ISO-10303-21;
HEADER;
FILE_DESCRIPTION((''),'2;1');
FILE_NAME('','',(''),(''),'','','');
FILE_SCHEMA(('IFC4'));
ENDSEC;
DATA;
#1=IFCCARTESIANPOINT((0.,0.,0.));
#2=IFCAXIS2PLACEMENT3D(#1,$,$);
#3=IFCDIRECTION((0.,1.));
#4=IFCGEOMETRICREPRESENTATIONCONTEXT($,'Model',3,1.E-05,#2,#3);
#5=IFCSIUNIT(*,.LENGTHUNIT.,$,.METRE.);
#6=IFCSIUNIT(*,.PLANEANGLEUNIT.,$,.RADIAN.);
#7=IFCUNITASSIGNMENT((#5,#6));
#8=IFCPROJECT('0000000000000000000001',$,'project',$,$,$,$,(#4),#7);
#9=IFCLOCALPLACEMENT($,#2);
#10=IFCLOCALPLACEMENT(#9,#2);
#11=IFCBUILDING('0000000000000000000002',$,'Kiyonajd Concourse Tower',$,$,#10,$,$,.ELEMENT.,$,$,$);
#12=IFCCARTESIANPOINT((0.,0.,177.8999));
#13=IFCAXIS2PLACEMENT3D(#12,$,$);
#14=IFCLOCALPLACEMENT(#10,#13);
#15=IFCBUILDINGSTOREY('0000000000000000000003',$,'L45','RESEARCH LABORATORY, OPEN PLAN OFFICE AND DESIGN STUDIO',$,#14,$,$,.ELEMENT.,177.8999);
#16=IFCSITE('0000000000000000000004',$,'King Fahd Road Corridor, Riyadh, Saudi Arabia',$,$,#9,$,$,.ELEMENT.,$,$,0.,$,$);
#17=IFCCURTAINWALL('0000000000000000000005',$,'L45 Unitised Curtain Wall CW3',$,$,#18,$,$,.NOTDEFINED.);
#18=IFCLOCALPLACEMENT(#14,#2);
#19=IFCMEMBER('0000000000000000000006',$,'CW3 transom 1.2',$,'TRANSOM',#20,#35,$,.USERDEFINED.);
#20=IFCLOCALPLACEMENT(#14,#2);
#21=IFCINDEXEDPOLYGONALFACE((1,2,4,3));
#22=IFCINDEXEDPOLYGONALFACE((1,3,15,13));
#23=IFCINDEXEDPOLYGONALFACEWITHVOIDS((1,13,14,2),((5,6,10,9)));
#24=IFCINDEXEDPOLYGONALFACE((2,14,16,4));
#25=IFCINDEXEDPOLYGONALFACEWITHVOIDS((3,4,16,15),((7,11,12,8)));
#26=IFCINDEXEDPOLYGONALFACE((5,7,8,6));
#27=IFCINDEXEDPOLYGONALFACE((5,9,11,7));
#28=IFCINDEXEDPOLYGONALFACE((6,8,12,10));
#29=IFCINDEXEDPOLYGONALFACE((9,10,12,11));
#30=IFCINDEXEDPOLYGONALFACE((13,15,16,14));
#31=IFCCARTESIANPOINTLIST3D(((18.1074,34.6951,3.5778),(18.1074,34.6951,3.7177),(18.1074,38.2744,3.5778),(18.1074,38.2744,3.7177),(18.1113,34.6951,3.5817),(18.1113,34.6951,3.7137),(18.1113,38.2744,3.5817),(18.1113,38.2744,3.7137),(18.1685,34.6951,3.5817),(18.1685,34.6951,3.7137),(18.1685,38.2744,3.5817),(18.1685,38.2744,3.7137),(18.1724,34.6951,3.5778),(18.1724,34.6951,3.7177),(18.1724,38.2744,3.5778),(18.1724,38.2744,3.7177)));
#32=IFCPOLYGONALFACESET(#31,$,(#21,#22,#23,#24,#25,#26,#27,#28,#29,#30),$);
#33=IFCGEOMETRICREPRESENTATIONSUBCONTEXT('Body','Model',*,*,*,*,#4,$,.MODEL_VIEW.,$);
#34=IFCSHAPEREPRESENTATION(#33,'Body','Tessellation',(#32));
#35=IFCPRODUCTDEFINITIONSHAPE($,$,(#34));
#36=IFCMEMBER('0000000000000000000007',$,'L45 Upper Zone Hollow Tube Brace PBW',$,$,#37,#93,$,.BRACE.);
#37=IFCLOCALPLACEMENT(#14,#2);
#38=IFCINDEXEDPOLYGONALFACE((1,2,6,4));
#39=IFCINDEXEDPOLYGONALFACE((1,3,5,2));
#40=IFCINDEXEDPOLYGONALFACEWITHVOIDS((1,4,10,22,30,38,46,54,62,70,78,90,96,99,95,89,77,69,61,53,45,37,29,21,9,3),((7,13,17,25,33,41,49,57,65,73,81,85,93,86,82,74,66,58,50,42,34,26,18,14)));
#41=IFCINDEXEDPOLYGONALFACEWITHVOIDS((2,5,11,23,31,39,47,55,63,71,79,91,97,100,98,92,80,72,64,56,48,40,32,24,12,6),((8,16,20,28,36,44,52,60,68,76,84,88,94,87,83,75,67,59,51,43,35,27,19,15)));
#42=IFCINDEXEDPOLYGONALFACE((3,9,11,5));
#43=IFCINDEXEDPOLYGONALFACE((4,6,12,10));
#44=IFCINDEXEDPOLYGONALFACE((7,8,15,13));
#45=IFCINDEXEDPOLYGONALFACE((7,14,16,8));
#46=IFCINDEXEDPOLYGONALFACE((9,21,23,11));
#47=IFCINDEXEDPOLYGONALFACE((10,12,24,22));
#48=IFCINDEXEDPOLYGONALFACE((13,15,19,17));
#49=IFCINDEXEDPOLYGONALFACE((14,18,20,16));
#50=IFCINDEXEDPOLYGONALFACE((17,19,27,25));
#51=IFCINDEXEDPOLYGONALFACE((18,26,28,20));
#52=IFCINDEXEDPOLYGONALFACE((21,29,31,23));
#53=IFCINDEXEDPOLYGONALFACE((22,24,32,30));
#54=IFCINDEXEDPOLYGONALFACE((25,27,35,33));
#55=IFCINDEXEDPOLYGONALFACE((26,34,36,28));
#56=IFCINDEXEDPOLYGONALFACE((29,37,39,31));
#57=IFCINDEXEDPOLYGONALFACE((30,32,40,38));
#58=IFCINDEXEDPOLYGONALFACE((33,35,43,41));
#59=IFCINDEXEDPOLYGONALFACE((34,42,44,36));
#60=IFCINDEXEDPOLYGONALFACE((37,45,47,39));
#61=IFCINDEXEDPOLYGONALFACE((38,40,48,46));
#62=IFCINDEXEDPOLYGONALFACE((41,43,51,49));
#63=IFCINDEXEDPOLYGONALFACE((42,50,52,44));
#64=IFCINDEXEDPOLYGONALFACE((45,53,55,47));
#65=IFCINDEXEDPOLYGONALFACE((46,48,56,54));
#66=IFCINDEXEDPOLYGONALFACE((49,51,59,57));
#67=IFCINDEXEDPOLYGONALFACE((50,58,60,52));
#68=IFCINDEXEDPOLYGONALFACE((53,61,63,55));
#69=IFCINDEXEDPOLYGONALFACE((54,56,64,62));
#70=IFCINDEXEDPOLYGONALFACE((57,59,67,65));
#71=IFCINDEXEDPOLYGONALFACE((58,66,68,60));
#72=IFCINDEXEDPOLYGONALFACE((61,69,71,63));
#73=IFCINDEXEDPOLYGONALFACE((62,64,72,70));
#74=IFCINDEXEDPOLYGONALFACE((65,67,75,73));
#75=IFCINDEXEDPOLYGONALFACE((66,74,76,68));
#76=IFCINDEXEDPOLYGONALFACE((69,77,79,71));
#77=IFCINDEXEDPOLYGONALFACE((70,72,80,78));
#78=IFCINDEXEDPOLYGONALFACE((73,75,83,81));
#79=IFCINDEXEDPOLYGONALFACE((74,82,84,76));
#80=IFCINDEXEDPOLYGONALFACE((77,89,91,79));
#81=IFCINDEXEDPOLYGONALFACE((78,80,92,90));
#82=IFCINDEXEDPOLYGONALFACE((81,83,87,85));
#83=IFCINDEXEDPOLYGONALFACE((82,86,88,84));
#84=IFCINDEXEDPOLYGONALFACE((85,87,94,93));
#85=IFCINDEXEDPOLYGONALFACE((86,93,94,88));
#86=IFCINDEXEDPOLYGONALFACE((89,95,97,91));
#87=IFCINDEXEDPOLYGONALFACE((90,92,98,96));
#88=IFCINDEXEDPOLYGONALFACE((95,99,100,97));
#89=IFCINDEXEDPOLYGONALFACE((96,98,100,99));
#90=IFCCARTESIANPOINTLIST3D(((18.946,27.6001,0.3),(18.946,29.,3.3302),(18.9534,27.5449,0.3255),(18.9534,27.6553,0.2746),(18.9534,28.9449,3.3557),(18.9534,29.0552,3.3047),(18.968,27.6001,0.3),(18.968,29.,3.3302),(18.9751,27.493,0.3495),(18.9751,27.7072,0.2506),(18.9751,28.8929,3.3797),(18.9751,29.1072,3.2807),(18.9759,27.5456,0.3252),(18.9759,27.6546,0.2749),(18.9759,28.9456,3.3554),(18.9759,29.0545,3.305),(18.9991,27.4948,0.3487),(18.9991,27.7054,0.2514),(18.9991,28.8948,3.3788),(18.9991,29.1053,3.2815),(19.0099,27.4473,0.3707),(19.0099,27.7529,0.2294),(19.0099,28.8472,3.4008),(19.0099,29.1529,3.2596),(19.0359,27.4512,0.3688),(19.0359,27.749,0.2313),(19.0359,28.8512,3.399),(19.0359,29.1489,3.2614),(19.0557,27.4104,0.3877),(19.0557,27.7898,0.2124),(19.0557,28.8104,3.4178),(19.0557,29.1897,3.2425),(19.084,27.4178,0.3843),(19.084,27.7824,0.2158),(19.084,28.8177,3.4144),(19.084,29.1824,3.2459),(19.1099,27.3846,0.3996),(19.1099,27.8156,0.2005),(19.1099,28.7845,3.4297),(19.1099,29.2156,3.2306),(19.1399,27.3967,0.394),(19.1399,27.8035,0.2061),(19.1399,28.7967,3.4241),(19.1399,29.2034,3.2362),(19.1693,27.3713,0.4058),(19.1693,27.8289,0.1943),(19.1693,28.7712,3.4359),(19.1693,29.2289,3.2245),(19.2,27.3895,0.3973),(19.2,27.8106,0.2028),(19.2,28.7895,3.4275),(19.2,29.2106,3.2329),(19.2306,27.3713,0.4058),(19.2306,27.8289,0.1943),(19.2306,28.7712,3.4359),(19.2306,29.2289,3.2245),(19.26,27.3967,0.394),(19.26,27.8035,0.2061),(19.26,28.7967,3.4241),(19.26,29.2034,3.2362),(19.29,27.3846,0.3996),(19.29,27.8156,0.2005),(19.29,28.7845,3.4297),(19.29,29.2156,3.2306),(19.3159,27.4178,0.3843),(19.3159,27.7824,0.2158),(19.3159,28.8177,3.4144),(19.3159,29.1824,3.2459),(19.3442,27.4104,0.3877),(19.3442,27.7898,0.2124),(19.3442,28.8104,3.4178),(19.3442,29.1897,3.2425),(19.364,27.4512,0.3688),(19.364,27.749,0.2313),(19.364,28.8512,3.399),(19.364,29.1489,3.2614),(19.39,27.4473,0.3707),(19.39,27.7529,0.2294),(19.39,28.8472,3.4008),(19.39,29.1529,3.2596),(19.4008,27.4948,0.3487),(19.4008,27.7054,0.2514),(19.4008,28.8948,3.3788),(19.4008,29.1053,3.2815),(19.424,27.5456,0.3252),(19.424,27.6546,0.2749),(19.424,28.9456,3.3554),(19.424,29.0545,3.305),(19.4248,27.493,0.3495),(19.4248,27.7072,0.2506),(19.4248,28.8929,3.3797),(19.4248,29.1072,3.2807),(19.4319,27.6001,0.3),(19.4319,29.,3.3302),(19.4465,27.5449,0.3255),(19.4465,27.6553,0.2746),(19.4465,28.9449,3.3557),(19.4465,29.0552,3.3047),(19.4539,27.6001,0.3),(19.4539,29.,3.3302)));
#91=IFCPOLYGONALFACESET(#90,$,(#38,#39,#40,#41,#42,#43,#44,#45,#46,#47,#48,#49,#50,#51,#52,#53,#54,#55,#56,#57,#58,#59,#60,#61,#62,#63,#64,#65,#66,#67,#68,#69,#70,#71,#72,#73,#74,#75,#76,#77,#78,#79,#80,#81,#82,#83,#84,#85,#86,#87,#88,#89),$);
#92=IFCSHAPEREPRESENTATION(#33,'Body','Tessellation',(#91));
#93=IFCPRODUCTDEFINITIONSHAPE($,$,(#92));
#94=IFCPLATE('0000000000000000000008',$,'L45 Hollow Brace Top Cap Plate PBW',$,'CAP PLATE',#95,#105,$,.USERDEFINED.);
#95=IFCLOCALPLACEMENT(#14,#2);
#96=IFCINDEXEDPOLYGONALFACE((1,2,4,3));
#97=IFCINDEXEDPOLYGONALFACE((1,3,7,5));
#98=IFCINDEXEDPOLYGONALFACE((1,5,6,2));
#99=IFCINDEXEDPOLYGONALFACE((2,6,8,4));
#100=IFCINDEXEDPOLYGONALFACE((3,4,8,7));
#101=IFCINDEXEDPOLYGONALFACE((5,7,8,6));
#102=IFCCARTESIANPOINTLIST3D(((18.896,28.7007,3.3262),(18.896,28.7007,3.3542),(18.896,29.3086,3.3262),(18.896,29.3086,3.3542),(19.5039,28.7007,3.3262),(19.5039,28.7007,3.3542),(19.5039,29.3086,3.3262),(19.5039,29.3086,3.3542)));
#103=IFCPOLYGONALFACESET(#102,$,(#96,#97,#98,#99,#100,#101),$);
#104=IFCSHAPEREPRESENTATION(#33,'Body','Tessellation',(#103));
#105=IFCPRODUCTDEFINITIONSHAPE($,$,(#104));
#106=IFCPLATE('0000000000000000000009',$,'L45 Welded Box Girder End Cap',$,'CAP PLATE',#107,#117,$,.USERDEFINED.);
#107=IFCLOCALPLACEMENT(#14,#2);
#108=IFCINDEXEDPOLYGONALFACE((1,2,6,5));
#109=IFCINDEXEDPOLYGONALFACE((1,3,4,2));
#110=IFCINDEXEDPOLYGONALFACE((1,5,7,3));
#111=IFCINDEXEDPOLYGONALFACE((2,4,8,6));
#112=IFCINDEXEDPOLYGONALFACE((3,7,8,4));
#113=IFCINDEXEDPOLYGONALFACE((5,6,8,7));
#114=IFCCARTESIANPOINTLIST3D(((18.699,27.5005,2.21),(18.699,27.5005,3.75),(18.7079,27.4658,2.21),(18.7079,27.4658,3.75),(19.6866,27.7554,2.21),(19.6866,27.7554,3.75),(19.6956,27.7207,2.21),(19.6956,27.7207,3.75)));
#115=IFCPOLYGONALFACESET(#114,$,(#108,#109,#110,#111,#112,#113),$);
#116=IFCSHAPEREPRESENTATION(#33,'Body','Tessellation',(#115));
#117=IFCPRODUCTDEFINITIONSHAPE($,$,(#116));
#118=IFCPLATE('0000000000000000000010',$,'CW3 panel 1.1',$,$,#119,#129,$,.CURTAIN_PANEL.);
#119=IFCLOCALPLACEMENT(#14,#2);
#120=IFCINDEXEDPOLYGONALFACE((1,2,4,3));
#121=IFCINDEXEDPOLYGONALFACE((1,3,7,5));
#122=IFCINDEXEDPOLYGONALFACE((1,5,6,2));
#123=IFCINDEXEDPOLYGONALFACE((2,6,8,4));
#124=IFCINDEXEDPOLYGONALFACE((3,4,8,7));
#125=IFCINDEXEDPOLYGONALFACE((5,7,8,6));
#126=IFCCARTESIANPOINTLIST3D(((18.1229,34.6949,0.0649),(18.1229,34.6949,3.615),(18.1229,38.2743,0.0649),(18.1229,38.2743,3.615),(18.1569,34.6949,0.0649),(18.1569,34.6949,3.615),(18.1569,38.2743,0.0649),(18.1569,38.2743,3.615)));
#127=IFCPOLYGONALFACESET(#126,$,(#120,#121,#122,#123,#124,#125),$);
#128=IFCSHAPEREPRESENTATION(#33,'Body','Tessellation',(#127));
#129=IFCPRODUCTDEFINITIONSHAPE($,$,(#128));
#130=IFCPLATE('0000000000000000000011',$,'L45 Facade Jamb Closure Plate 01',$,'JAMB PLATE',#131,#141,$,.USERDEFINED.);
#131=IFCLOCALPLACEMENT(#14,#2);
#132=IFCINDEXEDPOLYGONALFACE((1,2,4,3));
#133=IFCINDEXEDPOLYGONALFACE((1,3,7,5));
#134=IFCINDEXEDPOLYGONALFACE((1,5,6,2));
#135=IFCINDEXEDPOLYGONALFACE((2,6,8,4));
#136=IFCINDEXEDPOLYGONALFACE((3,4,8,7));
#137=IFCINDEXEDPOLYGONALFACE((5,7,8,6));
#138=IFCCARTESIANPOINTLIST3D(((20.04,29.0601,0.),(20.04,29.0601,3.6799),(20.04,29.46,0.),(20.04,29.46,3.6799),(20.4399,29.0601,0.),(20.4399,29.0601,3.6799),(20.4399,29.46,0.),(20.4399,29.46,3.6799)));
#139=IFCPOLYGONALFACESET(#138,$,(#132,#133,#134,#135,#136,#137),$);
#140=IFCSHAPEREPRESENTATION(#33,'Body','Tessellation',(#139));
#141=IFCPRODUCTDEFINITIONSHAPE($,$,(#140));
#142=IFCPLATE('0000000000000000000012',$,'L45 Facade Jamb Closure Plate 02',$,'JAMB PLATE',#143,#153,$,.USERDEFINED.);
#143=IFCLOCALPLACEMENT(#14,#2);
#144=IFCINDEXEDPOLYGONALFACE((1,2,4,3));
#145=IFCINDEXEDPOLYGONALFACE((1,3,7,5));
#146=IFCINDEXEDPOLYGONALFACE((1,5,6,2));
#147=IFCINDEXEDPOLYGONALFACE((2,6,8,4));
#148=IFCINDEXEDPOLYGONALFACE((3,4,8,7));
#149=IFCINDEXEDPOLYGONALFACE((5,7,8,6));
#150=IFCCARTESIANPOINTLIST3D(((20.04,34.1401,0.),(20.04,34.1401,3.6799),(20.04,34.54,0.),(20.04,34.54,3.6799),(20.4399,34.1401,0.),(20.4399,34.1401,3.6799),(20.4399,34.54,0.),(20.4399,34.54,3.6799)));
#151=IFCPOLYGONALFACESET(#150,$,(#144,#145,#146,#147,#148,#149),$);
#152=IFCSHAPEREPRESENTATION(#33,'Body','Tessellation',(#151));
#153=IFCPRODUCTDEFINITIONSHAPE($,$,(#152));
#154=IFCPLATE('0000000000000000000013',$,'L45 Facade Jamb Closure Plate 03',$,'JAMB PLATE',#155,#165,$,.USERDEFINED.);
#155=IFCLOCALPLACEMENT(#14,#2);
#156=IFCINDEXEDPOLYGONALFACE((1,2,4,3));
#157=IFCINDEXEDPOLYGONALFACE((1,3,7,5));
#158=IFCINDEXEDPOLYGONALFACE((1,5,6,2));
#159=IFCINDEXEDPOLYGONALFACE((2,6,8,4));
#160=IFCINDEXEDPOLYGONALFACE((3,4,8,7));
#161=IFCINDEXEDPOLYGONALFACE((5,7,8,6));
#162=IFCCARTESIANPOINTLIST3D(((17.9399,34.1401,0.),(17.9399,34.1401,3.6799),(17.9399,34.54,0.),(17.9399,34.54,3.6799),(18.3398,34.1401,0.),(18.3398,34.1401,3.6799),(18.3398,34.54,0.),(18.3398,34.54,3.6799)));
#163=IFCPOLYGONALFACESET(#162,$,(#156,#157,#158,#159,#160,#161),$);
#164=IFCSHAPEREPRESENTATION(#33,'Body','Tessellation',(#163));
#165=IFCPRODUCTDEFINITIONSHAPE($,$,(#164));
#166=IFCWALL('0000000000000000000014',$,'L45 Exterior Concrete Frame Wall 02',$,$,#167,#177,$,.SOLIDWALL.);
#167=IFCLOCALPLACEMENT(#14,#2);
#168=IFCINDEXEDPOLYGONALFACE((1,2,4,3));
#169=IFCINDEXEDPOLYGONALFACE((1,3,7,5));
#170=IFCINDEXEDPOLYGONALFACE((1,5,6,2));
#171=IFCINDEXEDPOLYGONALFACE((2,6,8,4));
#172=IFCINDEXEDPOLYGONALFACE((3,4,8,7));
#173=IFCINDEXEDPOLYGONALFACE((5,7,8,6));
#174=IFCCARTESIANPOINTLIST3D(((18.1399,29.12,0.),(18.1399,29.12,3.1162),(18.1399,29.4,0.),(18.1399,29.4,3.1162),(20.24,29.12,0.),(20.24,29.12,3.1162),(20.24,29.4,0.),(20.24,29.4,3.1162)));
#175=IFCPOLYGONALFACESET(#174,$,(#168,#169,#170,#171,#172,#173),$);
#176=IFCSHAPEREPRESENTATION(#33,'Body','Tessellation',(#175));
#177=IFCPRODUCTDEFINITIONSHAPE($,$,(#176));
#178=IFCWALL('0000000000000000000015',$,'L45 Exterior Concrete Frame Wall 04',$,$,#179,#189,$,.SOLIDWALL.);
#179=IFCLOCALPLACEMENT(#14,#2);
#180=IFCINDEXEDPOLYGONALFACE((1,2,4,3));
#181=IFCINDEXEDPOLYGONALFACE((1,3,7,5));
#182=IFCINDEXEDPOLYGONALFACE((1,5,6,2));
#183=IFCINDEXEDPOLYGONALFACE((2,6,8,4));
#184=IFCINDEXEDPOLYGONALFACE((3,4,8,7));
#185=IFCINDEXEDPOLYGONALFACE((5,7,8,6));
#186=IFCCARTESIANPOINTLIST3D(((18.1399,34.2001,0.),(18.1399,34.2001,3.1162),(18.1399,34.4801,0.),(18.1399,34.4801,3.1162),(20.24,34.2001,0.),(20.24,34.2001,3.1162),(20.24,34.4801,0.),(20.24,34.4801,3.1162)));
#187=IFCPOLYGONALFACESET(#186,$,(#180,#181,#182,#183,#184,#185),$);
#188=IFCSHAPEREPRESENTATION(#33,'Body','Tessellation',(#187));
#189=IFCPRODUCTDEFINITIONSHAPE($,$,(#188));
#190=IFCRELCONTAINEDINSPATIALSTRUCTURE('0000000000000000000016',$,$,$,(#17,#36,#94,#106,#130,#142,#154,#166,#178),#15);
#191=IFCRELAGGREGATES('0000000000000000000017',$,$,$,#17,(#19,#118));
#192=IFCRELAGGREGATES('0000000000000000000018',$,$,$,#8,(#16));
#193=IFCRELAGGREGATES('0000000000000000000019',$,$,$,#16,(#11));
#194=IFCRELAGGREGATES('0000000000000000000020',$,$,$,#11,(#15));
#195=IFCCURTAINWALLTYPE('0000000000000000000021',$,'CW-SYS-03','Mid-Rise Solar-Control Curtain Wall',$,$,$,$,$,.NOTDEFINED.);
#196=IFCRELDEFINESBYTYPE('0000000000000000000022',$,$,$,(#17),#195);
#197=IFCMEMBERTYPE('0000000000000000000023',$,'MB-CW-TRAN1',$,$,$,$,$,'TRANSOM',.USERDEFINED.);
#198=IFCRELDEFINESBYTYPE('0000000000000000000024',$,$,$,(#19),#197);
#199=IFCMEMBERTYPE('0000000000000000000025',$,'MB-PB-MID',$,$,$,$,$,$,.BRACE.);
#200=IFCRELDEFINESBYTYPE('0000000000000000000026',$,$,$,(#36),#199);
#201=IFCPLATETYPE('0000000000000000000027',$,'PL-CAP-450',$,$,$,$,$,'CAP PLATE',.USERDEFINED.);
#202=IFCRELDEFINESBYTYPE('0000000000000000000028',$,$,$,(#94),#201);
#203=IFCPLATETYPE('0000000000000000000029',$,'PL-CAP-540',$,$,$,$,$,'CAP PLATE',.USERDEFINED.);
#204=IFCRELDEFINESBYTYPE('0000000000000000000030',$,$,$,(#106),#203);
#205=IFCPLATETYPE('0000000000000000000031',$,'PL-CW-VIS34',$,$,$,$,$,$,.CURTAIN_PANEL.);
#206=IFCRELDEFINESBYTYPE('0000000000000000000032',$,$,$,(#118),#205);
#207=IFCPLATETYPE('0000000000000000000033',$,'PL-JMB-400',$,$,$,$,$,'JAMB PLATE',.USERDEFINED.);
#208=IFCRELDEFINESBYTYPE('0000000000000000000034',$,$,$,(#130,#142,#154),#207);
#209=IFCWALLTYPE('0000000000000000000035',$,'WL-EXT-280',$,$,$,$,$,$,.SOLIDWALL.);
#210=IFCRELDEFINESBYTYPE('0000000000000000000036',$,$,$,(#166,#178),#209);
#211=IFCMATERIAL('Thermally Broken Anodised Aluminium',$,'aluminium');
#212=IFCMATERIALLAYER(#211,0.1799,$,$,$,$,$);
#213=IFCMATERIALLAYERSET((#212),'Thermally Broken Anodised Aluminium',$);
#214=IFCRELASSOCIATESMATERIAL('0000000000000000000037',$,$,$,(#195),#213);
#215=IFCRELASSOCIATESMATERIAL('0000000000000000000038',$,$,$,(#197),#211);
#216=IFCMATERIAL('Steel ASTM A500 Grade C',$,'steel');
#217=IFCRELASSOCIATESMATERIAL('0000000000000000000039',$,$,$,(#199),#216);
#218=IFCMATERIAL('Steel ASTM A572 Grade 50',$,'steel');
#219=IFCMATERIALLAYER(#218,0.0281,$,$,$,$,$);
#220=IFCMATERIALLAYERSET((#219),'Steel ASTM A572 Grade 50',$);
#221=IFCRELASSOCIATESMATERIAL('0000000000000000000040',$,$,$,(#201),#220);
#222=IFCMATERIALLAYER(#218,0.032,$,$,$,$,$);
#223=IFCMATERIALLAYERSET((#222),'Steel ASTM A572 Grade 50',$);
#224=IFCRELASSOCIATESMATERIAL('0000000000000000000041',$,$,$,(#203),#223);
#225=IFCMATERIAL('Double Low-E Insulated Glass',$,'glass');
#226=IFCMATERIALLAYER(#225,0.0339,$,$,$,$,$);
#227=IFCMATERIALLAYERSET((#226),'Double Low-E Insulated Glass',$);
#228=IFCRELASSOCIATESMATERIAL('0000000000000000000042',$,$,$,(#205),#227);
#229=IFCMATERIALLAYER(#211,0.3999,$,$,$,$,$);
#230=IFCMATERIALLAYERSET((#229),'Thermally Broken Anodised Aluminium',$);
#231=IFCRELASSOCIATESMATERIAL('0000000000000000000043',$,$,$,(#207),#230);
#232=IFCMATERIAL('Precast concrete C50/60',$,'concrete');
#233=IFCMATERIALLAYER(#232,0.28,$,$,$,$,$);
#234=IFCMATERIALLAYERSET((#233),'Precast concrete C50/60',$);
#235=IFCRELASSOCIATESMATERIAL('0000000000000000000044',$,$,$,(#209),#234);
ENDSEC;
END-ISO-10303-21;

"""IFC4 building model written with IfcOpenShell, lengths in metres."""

from ifc_helpers import new_model, si_unit, direction, frame, frame_2d, origin, origin_2d, place, context, subcontext, project, spatial, rectangle, hollow_rectangle, hollow_circle, extrude, material, layer, layer_set, material_profile, profile_set, type_object, element, aggregate, save


model = new_model("IFC4")

# Units and contexts
model_context = context("Model", 3, precision=1e-05, world=origin(), true_north=direction((0.0, 1.0)))
body_context = subcontext(model_context, "Body", "Model", "MODEL_VIEW")
ifc_project = project(units=[si_unit("LENGTHUNIT", "METRE"), si_unit("PLANEANGLEUNIT", "RADIAN")], contexts=[model_context])

# Site, building, storey
site_placement = place(None, origin())
site = spatial("IfcSite", under=ifc_project, at=site_placement, Name="King Fahd Road Corridor, Riyadh, Saudi Arabia", CompositionType="ELEMENT", RefElevation=0.0)
building_placement = place(site_placement, origin())
building = spatial("IfcBuilding", under=site, at=building_placement, Name="Kiyonajd Concourse Tower", CompositionType="ELEMENT")
storey_placement = place(building_placement, frame((0.0, 0.0, 177.8999)))
storey = spatial("IfcBuildingStorey", under=building, at=storey_placement, Name="L45", Description="RESEARCH LABORATORY, OPEN PLAN OFFICE AND DESIGN STUDIO", CompositionType="ELEMENT", Elevation=177.8999)

# Shared definitions
ifc_material_1 = material(Name="Steel ASTM A572 Grade 50", Category="steel")

# Curtain wall, member
ifc_material_2 = material(Name="Thermally Broken Anodised Aluminium", Category="aluminium")
ifc_layer_1 = layer(ifc_material_2, 0.1799)
ifc_layer_set_1 = layer_set([ifc_layer_1], Name="Thermally Broken Anodised Aluminium")
curtain_wall_type = type_object("IfcCurtainWallType", Name="CW-SYS-03", Description="Mid-Rise Solar-Control Curtain Wall", PredefinedType="NOTDEFINED", material=ifc_layer_set_1)
curtain_wall_placement = place(storey_placement, origin())
curtain_wall = element("IfcCurtainWall", 1, at=curtain_wall_placement, inside=storey, type_object=curtain_wall_type, Name="L45 Unitised Curtain Wall CW3", PredefinedType="NOTDEFINED")
ifc_material_profile_1 = material_profile(ifc_material_2, hollow_rectangle(XDim=0.0649, YDim=0.1399, WallThickness=0.0039, at=origin_2d()), Name="TRAN-65x140")
ifc_profile_set_1 = profile_set([ifc_material_profile_1], Name="Thermally Broken Anodised Aluminium")
member_type_1 = type_object("IfcMemberType", Name="MB-CW-TRAN1", ElementType="TRANSOM", PredefinedType="USERDEFINED", material=ifc_profile_set_1)
member_1_placement = place(storey_placement, frame((18.1399, 34.6951, 3.6477), z_axis=(0.0, 1.0, 0.0), x_axis=(-1.0, 0.0, 0.0)))
member_1 = element("IfcMember", 2, at=member_1_placement, type_object=member_type_1, Name="CW3 transom 1.2", ObjectType="TRANSOM", PredefinedType="USERDEFINED", context=body_context, shape_type="SweptSolid", body=[
    extrude(hollow_rectangle(XDim=0.0649, YDim=0.1399, WallThickness=0.0039, at=origin_2d()), origin(), (0.0, 0.0, 1.0), 3.5793),
])

# Member
ifc_material_3 = material(Name="Steel ASTM A500 Grade C", Category="steel")
ifc_material_profile_2 = material_profile(ifc_material_3, hollow_circle(Radius=0.2539, WallThickness=0.022, at=origin_2d()), Name="CHS-508x22")
ifc_profile_set_2 = profile_set([ifc_material_profile_2], Name="Steel ASTM A500 Grade C")
member_type_2 = type_object("IfcMemberType", Name="MB-PB-MID", PredefinedType="BRACE", material=ifc_profile_set_2)
member_2_placement = place(storey_placement, frame((19.2, 27.6001, 0.3), z_axis=(0.0, 0.419411, 0.907797), x_axis=(-1.0, 0.0, 0.0)))
element("IfcMember", 3, at=member_2_placement, inside=storey, type_object=member_type_2, Name="L45 Upper Zone Hollow Tube Brace PBW", PredefinedType="BRACE", context=body_context, shape_type="SweptSolid", body=[
    extrude(hollow_circle(Radius=0.2539, WallThickness=0.022, at=origin_2d()), origin(), (0.0, 0.0, 1.0), 3.3379),
])

# Plates
ifc_layer_2 = layer(ifc_material_1, 0.0281)
ifc_layer_set_2 = layer_set([ifc_layer_2], Name="Steel ASTM A572 Grade 50")
plate_type_1 = type_object("IfcPlateType", Name="PL-CAP-450", ElementType="CAP PLATE", PredefinedType="USERDEFINED", material=ifc_layer_set_2)
plate_1_placement = place(storey_placement, frame((19.2, 29.0046, 3.3262), z_axis=(0.0, 0.0, 1.0), x_axis=(1.0, 0.0, 0.0)))
element("IfcPlate", 4, at=plate_1_placement, inside=storey, type_object=plate_type_1, Name="L45 Hollow Brace Top Cap Plate PBW", ObjectType="CAP PLATE", PredefinedType="USERDEFINED", context=body_context, shape_type="SweptSolid", body=[
    extrude(rectangle(XDim=0.6079, YDim=0.6079, at=origin_2d()), origin(), (0.0, 0.0, 1.0), 0.0281),
])
ifc_layer_3 = layer(ifc_material_1, 0.032)
ifc_layer_set_3 = layer_set([ifc_layer_3], Name="Steel ASTM A572 Grade 50")
plate_type_2 = type_object("IfcPlateType", Name="PL-CAP-540", ElementType="CAP PLATE", PredefinedType="USERDEFINED", material=ifc_layer_set_3)
plate_2_placement = place(storey_placement, frame((19.1973, 27.6106, 2.21), z_axis=(0.0, 0.0, 1.0), x_axis=(-0.249873, 0.968279, 0.0)))
element("IfcPlate", 5, at=plate_2_placement, inside=storey, type_object=plate_type_2, Name="L45 Welded Box Girder End Cap", ObjectType="CAP PLATE", PredefinedType="USERDEFINED", context=body_context, shape_type="SweptSolid", body=[
    extrude(rectangle(XDim=0.0359, YDim=1.02, at=origin_2d()), origin(), (0.0, 0.0, 1.0), 1.54),
])

# Plate
ifc_material_4 = material(Name="Double Low-E Insulated Glass", Category="glass")
ifc_layer_4 = layer(ifc_material_4, 0.0339)
ifc_layer_set_4 = layer_set([ifc_layer_4], Name="Double Low-E Insulated Glass")
plate_type_3 = type_object("IfcPlateType", Name="PL-CW-VIS34", PredefinedType="CURTAIN_PANEL", material=ifc_layer_set_4)
plate_3_placement = place(storey_placement, frame((18.1399, 36.4846, 0.0649), z_axis=(0.0, 0.0, 1.0), x_axis=(0.0, 1.0, 0.0)))
plate_3 = element("IfcPlate", 6, at=plate_3_placement, type_object=plate_type_3, Name="CW3 panel 1.1", PredefinedType="CURTAIN_PANEL", context=body_context, shape_type="SweptSolid", body=[
    extrude(rectangle(XDim=3.5793, YDim=0.0339, at=origin_2d()), origin(), (0.0, 0.0, 1.0), 3.55),
])
aggregate(curtain_wall, [member_1, plate_3])

# Plates
ifc_layer_5 = layer(ifc_material_2, 0.3999)
ifc_layer_set_5 = layer_set([ifc_layer_5], Name="Thermally Broken Anodised Aluminium")
plate_type_4 = type_object("IfcPlateType", Name="PL-JMB-400", ElementType="JAMB PLATE", PredefinedType="USERDEFINED", material=ifc_layer_set_5)
for number, where, z_axis, x_axis, name in (
    (7, (20.24, 29.26, 0.0), (0.0, 0.0, 1.0), (1.0, 0.0, 0.0), "L45 Facade Jamb Closure Plate 01"),
    (8, (20.24, 34.3401, 0.0), (0.0, 0.0, 1.0), (1.0, 0.0, 0.0), "L45 Facade Jamb Closure Plate 02"),
    (9, (18.1399, 34.3401, 0.0), (0.0, 0.0, 1.0), (1.0, 0.0, 0.0), "L45 Facade Jamb Closure Plate 03"),
):
    element("IfcPlate", number, at=place(storey_placement, frame(where, z_axis=z_axis, x_axis=x_axis)), inside=storey, type_object=plate_type_4, Name=name, ObjectType="JAMB PLATE", PredefinedType="USERDEFINED", context=body_context, shape_type="SweptSolid", body=[
        extrude(rectangle(XDim=0.3999, YDim=0.3999, at=origin_2d()), origin(), (0.0, 0.0, 1.0), 3.6799),
    ])

# Walls
ifc_material_5 = material(Name="Precast concrete C50/60", Category="concrete")
ifc_layer_6 = layer(ifc_material_5, 0.28)
ifc_layer_set_6 = layer_set([ifc_layer_6], Name="Precast concrete C50/60")
wall_type_1 = type_object("IfcWallType", Name="WL-EXT-280", PredefinedType="SOLIDWALL", material=ifc_layer_set_6)
for number, where, z_axis, x_axis, name in (
    (10, (18.1399, 29.26, 0.0), (0.0, 0.0, 1.0), (1.0, 0.0, 0.0), "L45 Exterior Concrete Frame Wall 02"),
    (11, (20.24, 34.3401, 0.0), (0.0, 0.0, 1.0), (-1.0, 0.0, 0.0), "L45 Exterior Concrete Frame Wall 04"),
):
    element("IfcWall", number, at=place(storey_placement, frame(where, z_axis=z_axis, x_axis=x_axis)), inside=storey, type_object=wall_type_1, Name=name, PredefinedType="SOLIDWALL", context=body_context, shape_type="SweptSolid", body=[
        extrude(rectangle(XDim=2.1001, YDim=0.28, at=frame_2d((1.05, 0.0))), origin(), (0.0, 0.0, 1.0), 3.1162),
    ])

save(model, "model.ifc")
